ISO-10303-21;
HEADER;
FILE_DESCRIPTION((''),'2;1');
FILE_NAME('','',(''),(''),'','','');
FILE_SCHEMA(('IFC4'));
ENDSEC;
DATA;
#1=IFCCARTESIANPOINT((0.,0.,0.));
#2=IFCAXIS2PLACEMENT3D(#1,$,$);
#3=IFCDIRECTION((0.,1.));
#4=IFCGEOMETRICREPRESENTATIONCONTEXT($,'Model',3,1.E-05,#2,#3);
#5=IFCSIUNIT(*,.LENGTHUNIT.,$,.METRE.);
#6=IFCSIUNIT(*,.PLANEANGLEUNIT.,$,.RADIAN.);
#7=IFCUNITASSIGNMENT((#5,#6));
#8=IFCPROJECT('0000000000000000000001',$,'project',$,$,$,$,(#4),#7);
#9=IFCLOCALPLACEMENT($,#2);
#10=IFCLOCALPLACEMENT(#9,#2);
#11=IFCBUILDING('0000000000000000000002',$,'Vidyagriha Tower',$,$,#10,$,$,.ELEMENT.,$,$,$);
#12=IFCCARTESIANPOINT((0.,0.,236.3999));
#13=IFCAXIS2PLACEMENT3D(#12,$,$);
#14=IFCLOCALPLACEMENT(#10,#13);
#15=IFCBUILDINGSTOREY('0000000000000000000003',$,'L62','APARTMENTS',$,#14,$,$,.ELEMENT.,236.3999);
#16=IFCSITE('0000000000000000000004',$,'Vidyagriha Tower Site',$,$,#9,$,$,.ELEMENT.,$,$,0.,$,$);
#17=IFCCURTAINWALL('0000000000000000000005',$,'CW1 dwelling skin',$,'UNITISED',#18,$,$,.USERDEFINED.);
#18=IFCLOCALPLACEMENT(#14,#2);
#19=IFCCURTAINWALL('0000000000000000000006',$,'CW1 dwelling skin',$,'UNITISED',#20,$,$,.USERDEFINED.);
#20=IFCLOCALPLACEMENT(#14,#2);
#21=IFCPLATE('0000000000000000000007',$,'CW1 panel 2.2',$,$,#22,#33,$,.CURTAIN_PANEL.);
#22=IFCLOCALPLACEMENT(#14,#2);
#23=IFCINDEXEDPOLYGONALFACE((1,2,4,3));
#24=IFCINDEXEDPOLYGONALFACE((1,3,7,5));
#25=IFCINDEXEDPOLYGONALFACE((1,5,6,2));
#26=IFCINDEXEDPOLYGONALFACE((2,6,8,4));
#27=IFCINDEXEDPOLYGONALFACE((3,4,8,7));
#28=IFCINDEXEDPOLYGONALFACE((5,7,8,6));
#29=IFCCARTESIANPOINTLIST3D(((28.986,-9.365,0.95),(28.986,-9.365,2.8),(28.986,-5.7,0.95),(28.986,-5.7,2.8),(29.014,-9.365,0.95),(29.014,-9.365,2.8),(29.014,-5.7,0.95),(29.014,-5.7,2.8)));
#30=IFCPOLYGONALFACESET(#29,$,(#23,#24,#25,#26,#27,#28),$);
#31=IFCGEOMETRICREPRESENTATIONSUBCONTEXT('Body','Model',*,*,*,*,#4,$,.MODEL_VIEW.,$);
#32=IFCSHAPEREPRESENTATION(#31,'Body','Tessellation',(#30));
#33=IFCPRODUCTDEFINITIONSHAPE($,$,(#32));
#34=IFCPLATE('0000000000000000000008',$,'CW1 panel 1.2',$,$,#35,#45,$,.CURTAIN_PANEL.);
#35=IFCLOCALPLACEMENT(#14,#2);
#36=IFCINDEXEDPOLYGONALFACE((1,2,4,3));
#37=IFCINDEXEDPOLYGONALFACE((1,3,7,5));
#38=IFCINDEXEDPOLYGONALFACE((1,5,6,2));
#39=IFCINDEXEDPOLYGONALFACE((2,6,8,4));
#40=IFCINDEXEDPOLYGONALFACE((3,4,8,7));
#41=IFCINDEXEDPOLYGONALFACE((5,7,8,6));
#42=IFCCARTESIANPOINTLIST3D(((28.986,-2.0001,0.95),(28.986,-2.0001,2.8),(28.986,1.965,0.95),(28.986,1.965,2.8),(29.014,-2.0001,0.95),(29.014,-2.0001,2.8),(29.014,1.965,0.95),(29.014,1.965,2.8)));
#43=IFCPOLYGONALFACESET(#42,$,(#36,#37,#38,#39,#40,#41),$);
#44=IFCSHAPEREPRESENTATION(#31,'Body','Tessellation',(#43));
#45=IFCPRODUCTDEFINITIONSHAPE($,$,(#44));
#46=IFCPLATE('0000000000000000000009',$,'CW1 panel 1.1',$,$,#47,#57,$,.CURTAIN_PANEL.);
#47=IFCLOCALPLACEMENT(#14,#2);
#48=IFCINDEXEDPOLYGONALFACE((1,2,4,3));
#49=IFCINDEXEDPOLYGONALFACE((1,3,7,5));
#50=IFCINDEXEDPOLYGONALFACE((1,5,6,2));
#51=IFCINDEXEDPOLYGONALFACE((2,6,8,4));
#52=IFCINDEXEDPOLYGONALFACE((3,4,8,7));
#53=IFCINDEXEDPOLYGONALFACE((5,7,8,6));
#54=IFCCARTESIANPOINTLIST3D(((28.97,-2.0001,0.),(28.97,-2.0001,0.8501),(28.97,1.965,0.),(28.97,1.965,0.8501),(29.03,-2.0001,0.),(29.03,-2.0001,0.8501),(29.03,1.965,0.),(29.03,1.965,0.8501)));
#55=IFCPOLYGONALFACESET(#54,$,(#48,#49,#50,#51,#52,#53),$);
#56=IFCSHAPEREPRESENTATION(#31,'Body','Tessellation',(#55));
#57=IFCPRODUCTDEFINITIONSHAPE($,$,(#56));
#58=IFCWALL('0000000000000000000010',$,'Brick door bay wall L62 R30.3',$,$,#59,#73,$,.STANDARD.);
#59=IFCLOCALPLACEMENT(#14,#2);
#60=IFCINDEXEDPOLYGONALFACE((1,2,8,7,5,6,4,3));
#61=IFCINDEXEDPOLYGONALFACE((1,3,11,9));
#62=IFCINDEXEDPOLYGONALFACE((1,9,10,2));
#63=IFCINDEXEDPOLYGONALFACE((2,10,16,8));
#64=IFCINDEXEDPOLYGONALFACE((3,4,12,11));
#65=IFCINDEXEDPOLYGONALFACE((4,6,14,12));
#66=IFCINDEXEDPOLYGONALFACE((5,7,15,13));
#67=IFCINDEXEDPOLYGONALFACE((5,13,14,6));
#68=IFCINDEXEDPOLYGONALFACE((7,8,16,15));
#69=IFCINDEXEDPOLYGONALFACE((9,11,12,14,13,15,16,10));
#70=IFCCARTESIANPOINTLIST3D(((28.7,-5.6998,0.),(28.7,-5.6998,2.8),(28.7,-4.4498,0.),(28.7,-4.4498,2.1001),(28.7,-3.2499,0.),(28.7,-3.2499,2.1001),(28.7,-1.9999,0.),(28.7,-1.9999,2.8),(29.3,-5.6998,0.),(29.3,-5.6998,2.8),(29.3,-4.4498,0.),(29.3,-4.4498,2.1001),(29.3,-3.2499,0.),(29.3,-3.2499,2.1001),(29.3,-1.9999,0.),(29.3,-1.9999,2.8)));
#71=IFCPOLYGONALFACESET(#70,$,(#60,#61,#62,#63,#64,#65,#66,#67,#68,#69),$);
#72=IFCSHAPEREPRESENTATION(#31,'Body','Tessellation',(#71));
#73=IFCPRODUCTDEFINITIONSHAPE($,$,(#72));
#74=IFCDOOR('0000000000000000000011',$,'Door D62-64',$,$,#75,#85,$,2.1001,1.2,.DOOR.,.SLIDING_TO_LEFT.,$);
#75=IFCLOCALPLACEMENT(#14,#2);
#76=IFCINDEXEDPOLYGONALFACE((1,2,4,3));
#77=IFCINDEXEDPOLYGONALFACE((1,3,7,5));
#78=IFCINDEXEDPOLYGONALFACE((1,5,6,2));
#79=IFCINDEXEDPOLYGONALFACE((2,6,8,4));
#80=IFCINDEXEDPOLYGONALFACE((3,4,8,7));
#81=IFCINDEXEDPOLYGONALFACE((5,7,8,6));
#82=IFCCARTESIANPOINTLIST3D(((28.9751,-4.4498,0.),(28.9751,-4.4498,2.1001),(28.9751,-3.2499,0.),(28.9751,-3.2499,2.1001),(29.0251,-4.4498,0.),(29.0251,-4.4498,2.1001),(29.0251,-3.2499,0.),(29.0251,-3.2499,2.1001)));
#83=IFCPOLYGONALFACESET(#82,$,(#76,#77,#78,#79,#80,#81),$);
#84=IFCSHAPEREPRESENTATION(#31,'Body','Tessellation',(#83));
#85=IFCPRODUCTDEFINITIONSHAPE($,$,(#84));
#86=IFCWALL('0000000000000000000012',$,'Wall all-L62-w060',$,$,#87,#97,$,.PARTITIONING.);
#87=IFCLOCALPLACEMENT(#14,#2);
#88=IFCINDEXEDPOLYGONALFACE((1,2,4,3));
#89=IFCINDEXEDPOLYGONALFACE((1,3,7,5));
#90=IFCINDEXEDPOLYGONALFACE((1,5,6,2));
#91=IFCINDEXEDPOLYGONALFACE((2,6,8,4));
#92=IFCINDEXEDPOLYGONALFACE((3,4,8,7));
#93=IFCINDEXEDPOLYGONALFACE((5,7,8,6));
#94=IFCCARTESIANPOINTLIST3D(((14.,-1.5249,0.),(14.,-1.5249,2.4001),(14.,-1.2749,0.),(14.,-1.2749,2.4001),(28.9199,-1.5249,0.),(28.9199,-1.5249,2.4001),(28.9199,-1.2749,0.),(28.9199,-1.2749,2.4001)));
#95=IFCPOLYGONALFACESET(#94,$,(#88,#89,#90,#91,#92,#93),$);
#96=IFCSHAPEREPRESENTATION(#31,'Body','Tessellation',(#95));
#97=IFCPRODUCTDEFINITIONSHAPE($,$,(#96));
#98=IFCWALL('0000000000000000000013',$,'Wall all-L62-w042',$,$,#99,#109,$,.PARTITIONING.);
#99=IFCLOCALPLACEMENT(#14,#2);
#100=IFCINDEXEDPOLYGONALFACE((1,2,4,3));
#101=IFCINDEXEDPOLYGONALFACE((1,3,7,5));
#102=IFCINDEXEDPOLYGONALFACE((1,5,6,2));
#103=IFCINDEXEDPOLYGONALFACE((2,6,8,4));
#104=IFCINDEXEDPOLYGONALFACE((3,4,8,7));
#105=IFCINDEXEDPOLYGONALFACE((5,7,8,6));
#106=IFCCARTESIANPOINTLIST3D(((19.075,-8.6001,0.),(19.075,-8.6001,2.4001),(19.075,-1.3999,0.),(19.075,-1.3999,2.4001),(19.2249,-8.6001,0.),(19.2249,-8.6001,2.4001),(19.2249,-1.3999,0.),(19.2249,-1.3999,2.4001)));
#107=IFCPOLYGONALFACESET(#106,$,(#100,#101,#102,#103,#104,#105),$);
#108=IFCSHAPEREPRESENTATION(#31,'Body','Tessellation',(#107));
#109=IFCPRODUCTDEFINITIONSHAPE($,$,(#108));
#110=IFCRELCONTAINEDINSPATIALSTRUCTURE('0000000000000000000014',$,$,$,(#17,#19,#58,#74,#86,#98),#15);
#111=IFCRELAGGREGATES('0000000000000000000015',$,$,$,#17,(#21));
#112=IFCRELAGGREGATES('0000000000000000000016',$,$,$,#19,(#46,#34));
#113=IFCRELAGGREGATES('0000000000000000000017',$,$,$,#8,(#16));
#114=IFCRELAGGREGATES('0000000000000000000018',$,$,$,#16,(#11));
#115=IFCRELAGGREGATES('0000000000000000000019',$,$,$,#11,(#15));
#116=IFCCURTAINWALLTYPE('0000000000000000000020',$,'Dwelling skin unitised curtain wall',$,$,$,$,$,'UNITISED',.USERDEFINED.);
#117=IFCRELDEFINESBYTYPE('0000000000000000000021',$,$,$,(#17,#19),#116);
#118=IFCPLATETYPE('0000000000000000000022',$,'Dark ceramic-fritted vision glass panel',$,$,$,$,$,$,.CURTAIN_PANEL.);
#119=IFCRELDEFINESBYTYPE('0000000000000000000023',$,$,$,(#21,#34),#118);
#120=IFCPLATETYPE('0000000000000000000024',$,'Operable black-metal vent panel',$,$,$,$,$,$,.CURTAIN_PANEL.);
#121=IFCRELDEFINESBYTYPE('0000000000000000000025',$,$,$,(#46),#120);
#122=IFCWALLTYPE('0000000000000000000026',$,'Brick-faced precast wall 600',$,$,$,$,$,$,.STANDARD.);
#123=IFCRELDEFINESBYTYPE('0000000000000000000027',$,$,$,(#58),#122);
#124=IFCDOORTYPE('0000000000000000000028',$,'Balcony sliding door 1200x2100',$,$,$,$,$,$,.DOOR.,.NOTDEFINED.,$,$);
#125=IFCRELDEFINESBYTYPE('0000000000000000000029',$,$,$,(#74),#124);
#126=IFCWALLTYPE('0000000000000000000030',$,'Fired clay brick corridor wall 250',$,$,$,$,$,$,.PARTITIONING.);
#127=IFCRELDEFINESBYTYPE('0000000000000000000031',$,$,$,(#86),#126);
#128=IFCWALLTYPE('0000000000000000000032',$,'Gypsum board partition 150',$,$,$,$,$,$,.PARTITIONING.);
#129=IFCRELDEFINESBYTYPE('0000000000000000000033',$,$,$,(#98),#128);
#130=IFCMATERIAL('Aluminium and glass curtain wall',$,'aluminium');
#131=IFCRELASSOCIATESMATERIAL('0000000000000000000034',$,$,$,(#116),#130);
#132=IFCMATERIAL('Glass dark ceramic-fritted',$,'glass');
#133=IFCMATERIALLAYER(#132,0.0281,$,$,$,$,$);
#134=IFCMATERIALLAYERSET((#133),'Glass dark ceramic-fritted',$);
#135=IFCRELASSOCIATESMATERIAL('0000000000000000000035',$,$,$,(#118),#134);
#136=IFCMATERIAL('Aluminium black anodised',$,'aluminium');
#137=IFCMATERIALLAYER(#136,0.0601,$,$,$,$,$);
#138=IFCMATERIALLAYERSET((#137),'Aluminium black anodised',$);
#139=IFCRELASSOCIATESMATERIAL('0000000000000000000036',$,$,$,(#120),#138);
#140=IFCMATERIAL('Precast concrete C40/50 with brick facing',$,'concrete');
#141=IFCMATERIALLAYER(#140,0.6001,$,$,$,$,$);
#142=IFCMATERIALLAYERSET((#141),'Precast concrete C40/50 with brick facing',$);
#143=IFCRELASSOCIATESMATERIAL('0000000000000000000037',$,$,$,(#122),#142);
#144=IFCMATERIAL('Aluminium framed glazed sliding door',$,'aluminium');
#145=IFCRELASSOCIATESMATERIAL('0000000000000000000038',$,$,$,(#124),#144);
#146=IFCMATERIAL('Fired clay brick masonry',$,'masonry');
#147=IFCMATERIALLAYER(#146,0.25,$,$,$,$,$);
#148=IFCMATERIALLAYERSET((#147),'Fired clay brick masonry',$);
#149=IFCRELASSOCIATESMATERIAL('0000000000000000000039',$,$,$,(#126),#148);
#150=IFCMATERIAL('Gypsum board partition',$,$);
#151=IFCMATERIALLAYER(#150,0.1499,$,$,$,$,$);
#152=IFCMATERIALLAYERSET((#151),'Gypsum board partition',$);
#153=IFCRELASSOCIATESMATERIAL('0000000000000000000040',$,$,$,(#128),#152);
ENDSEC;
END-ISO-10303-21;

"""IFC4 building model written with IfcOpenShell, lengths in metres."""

from ifc_helpers import new_model, si_unit, direction, frame, frame_2d, origin, origin_2d, place, context, subcontext, project, spatial, rectangle, extrude, material, layer, layer_set, type_object, element, fill, aggregate, save


model = new_model("IFC4")

# Units and contexts
model_context = context("Model", 3, precision=1e-05, world=origin(), true_north=direction((0.0, 1.0)))
body_context = subcontext(model_context, "Body", "Model", "MODEL_VIEW")
ifc_project = project(units=[si_unit("LENGTHUNIT", "METRE"), si_unit("PLANEANGLEUNIT", "RADIAN")], contexts=[model_context])

# Site, building, storey
site_placement = place(None, origin())
site = spatial("IfcSite", under=ifc_project, at=site_placement, Name="Vidyagriha Tower Site", CompositionType="ELEMENT", RefElevation=0.0)
building_placement = place(site_placement, origin())
building = spatial("IfcBuilding", under=site, at=building_placement, Name="Vidyagriha Tower", CompositionType="ELEMENT")
storey_placement = place(building_placement, frame((0.0, 0.0, 236.3999)))
storey = spatial("IfcBuildingStorey", under=building, at=storey_placement, Name="L62", Description="APARTMENTS", CompositionType="ELEMENT", Elevation=236.3999)

# Curtain wall
ifc_material_1 = material(Name="Aluminium and glass curtain wall", Category="aluminium")
curtain_wall_type = type_object("IfcCurtainWallType", Name="Dwelling skin unitised curtain wall", ElementType="UNITISED", PredefinedType="USERDEFINED", material=ifc_material_1)
curtain_wall_1_placement = place(storey_placement, origin())
curtain_wall_1 = element("IfcCurtainWall", 1, at=curtain_wall_1_placement, inside=storey, type_object=curtain_wall_type, Name="CW1 dwelling skin", ObjectType="UNITISED", PredefinedType="USERDEFINED")

# Curtain wall
curtain_wall_2_placement = place(storey_placement, origin())
curtain_wall_2 = element("IfcCurtainWall", 2, at=curtain_wall_2_placement, inside=storey, type_object=curtain_wall_type, Name="CW1 dwelling skin", ObjectType="UNITISED", PredefinedType="USERDEFINED")

# Plates
ifc_material_2 = material(Name="Glass dark ceramic-fritted", Category="glass")
ifc_layer_1 = layer(ifc_material_2, 0.0281)
ifc_layer_set_1 = layer_set([ifc_layer_1], Name="Glass dark ceramic-fritted")
plate_type_1 = type_object("IfcPlateType", Name="Dark ceramic-fritted vision glass panel", PredefinedType="CURTAIN_PANEL", material=ifc_layer_set_1)
plate_1_placement = place(storey_placement, frame((29.0, -7.5325, 0.95), z_axis=(0.0, 0.0, 1.0), x_axis=(0.0, 1.0, 0.0)))
plate_1 = element("IfcPlate", 3, at=plate_1_placement, type_object=plate_type_1, Name="CW1 panel 2.2", PredefinedType="CURTAIN_PANEL", context=body_context, shape_type="SweptSolid", body=[
    extrude(rectangle(XDim=3.665, YDim=0.0281, at=origin_2d()), origin(), (0.0, 0.0, 1.0), 1.8501),
])
aggregate(curtain_wall_1, [plate_1])
plate_2_placement = place(storey_placement, frame((29.0, -0.0176, 0.95), z_axis=(0.0, 0.0, 1.0), x_axis=(0.0, 1.0, 0.0)))
plate_2 = element("IfcPlate", 4, at=plate_2_placement, type_object=plate_type_1, Name="CW1 panel 1.2", PredefinedType="CURTAIN_PANEL", context=body_context, shape_type="SweptSolid", body=[
    extrude(rectangle(XDim=3.9651, YDim=0.0281, at=origin_2d()), origin(), (0.0, 0.0, 1.0), 1.8501),
])
ifc_material_3 = material(Name="Aluminium black anodised", Category="aluminium")
ifc_layer_2 = layer(ifc_material_3, 0.0601)
ifc_layer_set_2 = layer_set([ifc_layer_2], Name="Aluminium black anodised")
plate_type_2 = type_object("IfcPlateType", Name="Operable black-metal vent panel", PredefinedType="CURTAIN_PANEL", material=ifc_layer_set_2)
plate_3_placement = place(storey_placement, frame((29.0, -0.0176, 0.0), z_axis=(0.0, 0.0, 1.0), x_axis=(0.0, 1.0, 0.0)))
plate_3 = element("IfcPlate", 5, at=plate_3_placement, type_object=plate_type_2, Name="CW1 panel 1.1", PredefinedType="CURTAIN_PANEL", context=body_context, shape_type="SweptSolid", body=[
    extrude(rectangle(XDim=3.9651, YDim=0.0601, at=origin_2d()), origin(), (0.0, 0.0, 1.0), 0.8501),
])
aggregate(curtain_wall_2, [plate_3, plate_2])

# Wall, opening, door
ifc_material_4 = material(Name="Precast concrete C40/50 with brick facing", Category="concrete")
ifc_layer_3 = layer(ifc_material_4, 0.6001)
ifc_layer_set_3 = layer_set([ifc_layer_3], Name="Precast concrete C40/50 with brick facing")
wall_type_1 = type_object("IfcWallType", Name="Brick-faced precast wall 600", PredefinedType="STANDARD", material=ifc_layer_set_3)
wall_1_placement = place(storey_placement, frame((29.0, -5.7, 0.0), z_axis=(0.0, 0.0, 1.0), x_axis=(0.0, 1.0, 0.0)))
wall_1 = element("IfcWall", 6, at=wall_1_placement, inside=storey, type_object=wall_type_1, Name="Brick door bay wall L62 R30.3", PredefinedType="STANDARD", context=body_context, shape_type="SweptSolid", body=[
    extrude(rectangle(XDim=3.7, YDim=0.6001, at=frame_2d((1.8501, 0.0))), origin(), (0.0, 0.0, 1.0), 2.8),
])
opening_placement = place(wall_1_placement, frame((1.25, 0.0, 0.0)))
opening = element("IfcOpeningElement", 7, at=opening_placement, cuts=wall_1, PredefinedType="OPENING", context=body_context, shape_type="SweptSolid", body=[
    extrude(rectangle(XDim=1.2, YDim=2.1001, at=frame_2d((0.6001, 1.05))), frame((0.0, 0.3101, 0.0), z_axis=(0.0, -1.0, 0.0), x_axis=(1.0, 0.0, 0.0)), (0.0, 0.0, 1.0), 0.6201),
])
ifc_material_5 = material(Name="Aluminium framed glazed sliding door", Category="aluminium")
door_type = type_object("IfcDoorType", Name="Balcony sliding door 1200x2100", OperationType="NOTDEFINED", PredefinedType="DOOR", material=ifc_material_5)
door_placement = place(opening_placement, origin())
door = element("IfcDoor", 8, at=door_placement, inside=storey, type_object=door_type, Name="Door D62-64", OperationType="SLIDING_TO_LEFT", OverallHeight=2.1001, OverallWidth=1.2, PredefinedType="DOOR", context=body_context, shape_type="SweptSolid", body=[
    extrude(rectangle(XDim=1.2, YDim=2.1001, at=frame_2d((0.6001, 1.05))), frame((0.0, 0.0249, 0.0), z_axis=(0.0, -1.0, 0.0), x_axis=(1.0, 0.0, 0.0)), (0.0, 0.0, 1.0), 0.05),
])
fill(opening, door)

# Walls
ifc_material_6 = material(Name="Fired clay brick masonry", Category="masonry")
ifc_layer_4 = layer(ifc_material_6, 0.25)
ifc_layer_set_4 = layer_set([ifc_layer_4], Name="Fired clay brick masonry")
wall_type_2 = type_object("IfcWallType", Name="Fired clay brick corridor wall 250", PredefinedType="PARTITIONING", material=ifc_layer_set_4)
wall_2_placement = place(storey_placement, frame((28.9199, -1.3999, 0.0), z_axis=(0.0, 0.0, 1.0), x_axis=(-1.0, 0.0, 0.0)))
element("IfcWall", 9, at=wall_2_placement, inside=storey, type_object=wall_type_2, Name="Wall all-L62-w060", PredefinedType="PARTITIONING", context=body_context, shape_type="SweptSolid", body=[
    extrude(rectangle(XDim=14.9199, YDim=0.25, at=frame_2d((7.46, 0.0))), origin(), (0.0, 0.0, 1.0), 2.4001),
])
ifc_material_7 = material(Name="Gypsum board partition")
ifc_layer_5 = layer(ifc_material_7, 0.1499)
ifc_layer_set_5 = layer_set([ifc_layer_5], Name="Gypsum board partition")
wall_type_3 = type_object("IfcWallType", Name="Gypsum board partition 150", PredefinedType="PARTITIONING", material=ifc_layer_set_5)
wall_3_placement = place(storey_placement, frame((19.1499, -1.3999, 0.0), z_axis=(0.0, 0.0, 1.0), x_axis=(0.0, -1.0, 0.0)))
element("IfcWall", 10, at=wall_3_placement, inside=storey, type_object=wall_type_3, Name="Wall all-L62-w042", PredefinedType="PARTITIONING", context=body_context, shape_type="SweptSolid", body=[
    extrude(rectangle(XDim=7.2002, YDim=0.1499, at=frame_2d((3.6001, 0.0))), origin(), (0.0, 0.0, 1.0), 2.4001),
])

save(model, "model.ifc")
